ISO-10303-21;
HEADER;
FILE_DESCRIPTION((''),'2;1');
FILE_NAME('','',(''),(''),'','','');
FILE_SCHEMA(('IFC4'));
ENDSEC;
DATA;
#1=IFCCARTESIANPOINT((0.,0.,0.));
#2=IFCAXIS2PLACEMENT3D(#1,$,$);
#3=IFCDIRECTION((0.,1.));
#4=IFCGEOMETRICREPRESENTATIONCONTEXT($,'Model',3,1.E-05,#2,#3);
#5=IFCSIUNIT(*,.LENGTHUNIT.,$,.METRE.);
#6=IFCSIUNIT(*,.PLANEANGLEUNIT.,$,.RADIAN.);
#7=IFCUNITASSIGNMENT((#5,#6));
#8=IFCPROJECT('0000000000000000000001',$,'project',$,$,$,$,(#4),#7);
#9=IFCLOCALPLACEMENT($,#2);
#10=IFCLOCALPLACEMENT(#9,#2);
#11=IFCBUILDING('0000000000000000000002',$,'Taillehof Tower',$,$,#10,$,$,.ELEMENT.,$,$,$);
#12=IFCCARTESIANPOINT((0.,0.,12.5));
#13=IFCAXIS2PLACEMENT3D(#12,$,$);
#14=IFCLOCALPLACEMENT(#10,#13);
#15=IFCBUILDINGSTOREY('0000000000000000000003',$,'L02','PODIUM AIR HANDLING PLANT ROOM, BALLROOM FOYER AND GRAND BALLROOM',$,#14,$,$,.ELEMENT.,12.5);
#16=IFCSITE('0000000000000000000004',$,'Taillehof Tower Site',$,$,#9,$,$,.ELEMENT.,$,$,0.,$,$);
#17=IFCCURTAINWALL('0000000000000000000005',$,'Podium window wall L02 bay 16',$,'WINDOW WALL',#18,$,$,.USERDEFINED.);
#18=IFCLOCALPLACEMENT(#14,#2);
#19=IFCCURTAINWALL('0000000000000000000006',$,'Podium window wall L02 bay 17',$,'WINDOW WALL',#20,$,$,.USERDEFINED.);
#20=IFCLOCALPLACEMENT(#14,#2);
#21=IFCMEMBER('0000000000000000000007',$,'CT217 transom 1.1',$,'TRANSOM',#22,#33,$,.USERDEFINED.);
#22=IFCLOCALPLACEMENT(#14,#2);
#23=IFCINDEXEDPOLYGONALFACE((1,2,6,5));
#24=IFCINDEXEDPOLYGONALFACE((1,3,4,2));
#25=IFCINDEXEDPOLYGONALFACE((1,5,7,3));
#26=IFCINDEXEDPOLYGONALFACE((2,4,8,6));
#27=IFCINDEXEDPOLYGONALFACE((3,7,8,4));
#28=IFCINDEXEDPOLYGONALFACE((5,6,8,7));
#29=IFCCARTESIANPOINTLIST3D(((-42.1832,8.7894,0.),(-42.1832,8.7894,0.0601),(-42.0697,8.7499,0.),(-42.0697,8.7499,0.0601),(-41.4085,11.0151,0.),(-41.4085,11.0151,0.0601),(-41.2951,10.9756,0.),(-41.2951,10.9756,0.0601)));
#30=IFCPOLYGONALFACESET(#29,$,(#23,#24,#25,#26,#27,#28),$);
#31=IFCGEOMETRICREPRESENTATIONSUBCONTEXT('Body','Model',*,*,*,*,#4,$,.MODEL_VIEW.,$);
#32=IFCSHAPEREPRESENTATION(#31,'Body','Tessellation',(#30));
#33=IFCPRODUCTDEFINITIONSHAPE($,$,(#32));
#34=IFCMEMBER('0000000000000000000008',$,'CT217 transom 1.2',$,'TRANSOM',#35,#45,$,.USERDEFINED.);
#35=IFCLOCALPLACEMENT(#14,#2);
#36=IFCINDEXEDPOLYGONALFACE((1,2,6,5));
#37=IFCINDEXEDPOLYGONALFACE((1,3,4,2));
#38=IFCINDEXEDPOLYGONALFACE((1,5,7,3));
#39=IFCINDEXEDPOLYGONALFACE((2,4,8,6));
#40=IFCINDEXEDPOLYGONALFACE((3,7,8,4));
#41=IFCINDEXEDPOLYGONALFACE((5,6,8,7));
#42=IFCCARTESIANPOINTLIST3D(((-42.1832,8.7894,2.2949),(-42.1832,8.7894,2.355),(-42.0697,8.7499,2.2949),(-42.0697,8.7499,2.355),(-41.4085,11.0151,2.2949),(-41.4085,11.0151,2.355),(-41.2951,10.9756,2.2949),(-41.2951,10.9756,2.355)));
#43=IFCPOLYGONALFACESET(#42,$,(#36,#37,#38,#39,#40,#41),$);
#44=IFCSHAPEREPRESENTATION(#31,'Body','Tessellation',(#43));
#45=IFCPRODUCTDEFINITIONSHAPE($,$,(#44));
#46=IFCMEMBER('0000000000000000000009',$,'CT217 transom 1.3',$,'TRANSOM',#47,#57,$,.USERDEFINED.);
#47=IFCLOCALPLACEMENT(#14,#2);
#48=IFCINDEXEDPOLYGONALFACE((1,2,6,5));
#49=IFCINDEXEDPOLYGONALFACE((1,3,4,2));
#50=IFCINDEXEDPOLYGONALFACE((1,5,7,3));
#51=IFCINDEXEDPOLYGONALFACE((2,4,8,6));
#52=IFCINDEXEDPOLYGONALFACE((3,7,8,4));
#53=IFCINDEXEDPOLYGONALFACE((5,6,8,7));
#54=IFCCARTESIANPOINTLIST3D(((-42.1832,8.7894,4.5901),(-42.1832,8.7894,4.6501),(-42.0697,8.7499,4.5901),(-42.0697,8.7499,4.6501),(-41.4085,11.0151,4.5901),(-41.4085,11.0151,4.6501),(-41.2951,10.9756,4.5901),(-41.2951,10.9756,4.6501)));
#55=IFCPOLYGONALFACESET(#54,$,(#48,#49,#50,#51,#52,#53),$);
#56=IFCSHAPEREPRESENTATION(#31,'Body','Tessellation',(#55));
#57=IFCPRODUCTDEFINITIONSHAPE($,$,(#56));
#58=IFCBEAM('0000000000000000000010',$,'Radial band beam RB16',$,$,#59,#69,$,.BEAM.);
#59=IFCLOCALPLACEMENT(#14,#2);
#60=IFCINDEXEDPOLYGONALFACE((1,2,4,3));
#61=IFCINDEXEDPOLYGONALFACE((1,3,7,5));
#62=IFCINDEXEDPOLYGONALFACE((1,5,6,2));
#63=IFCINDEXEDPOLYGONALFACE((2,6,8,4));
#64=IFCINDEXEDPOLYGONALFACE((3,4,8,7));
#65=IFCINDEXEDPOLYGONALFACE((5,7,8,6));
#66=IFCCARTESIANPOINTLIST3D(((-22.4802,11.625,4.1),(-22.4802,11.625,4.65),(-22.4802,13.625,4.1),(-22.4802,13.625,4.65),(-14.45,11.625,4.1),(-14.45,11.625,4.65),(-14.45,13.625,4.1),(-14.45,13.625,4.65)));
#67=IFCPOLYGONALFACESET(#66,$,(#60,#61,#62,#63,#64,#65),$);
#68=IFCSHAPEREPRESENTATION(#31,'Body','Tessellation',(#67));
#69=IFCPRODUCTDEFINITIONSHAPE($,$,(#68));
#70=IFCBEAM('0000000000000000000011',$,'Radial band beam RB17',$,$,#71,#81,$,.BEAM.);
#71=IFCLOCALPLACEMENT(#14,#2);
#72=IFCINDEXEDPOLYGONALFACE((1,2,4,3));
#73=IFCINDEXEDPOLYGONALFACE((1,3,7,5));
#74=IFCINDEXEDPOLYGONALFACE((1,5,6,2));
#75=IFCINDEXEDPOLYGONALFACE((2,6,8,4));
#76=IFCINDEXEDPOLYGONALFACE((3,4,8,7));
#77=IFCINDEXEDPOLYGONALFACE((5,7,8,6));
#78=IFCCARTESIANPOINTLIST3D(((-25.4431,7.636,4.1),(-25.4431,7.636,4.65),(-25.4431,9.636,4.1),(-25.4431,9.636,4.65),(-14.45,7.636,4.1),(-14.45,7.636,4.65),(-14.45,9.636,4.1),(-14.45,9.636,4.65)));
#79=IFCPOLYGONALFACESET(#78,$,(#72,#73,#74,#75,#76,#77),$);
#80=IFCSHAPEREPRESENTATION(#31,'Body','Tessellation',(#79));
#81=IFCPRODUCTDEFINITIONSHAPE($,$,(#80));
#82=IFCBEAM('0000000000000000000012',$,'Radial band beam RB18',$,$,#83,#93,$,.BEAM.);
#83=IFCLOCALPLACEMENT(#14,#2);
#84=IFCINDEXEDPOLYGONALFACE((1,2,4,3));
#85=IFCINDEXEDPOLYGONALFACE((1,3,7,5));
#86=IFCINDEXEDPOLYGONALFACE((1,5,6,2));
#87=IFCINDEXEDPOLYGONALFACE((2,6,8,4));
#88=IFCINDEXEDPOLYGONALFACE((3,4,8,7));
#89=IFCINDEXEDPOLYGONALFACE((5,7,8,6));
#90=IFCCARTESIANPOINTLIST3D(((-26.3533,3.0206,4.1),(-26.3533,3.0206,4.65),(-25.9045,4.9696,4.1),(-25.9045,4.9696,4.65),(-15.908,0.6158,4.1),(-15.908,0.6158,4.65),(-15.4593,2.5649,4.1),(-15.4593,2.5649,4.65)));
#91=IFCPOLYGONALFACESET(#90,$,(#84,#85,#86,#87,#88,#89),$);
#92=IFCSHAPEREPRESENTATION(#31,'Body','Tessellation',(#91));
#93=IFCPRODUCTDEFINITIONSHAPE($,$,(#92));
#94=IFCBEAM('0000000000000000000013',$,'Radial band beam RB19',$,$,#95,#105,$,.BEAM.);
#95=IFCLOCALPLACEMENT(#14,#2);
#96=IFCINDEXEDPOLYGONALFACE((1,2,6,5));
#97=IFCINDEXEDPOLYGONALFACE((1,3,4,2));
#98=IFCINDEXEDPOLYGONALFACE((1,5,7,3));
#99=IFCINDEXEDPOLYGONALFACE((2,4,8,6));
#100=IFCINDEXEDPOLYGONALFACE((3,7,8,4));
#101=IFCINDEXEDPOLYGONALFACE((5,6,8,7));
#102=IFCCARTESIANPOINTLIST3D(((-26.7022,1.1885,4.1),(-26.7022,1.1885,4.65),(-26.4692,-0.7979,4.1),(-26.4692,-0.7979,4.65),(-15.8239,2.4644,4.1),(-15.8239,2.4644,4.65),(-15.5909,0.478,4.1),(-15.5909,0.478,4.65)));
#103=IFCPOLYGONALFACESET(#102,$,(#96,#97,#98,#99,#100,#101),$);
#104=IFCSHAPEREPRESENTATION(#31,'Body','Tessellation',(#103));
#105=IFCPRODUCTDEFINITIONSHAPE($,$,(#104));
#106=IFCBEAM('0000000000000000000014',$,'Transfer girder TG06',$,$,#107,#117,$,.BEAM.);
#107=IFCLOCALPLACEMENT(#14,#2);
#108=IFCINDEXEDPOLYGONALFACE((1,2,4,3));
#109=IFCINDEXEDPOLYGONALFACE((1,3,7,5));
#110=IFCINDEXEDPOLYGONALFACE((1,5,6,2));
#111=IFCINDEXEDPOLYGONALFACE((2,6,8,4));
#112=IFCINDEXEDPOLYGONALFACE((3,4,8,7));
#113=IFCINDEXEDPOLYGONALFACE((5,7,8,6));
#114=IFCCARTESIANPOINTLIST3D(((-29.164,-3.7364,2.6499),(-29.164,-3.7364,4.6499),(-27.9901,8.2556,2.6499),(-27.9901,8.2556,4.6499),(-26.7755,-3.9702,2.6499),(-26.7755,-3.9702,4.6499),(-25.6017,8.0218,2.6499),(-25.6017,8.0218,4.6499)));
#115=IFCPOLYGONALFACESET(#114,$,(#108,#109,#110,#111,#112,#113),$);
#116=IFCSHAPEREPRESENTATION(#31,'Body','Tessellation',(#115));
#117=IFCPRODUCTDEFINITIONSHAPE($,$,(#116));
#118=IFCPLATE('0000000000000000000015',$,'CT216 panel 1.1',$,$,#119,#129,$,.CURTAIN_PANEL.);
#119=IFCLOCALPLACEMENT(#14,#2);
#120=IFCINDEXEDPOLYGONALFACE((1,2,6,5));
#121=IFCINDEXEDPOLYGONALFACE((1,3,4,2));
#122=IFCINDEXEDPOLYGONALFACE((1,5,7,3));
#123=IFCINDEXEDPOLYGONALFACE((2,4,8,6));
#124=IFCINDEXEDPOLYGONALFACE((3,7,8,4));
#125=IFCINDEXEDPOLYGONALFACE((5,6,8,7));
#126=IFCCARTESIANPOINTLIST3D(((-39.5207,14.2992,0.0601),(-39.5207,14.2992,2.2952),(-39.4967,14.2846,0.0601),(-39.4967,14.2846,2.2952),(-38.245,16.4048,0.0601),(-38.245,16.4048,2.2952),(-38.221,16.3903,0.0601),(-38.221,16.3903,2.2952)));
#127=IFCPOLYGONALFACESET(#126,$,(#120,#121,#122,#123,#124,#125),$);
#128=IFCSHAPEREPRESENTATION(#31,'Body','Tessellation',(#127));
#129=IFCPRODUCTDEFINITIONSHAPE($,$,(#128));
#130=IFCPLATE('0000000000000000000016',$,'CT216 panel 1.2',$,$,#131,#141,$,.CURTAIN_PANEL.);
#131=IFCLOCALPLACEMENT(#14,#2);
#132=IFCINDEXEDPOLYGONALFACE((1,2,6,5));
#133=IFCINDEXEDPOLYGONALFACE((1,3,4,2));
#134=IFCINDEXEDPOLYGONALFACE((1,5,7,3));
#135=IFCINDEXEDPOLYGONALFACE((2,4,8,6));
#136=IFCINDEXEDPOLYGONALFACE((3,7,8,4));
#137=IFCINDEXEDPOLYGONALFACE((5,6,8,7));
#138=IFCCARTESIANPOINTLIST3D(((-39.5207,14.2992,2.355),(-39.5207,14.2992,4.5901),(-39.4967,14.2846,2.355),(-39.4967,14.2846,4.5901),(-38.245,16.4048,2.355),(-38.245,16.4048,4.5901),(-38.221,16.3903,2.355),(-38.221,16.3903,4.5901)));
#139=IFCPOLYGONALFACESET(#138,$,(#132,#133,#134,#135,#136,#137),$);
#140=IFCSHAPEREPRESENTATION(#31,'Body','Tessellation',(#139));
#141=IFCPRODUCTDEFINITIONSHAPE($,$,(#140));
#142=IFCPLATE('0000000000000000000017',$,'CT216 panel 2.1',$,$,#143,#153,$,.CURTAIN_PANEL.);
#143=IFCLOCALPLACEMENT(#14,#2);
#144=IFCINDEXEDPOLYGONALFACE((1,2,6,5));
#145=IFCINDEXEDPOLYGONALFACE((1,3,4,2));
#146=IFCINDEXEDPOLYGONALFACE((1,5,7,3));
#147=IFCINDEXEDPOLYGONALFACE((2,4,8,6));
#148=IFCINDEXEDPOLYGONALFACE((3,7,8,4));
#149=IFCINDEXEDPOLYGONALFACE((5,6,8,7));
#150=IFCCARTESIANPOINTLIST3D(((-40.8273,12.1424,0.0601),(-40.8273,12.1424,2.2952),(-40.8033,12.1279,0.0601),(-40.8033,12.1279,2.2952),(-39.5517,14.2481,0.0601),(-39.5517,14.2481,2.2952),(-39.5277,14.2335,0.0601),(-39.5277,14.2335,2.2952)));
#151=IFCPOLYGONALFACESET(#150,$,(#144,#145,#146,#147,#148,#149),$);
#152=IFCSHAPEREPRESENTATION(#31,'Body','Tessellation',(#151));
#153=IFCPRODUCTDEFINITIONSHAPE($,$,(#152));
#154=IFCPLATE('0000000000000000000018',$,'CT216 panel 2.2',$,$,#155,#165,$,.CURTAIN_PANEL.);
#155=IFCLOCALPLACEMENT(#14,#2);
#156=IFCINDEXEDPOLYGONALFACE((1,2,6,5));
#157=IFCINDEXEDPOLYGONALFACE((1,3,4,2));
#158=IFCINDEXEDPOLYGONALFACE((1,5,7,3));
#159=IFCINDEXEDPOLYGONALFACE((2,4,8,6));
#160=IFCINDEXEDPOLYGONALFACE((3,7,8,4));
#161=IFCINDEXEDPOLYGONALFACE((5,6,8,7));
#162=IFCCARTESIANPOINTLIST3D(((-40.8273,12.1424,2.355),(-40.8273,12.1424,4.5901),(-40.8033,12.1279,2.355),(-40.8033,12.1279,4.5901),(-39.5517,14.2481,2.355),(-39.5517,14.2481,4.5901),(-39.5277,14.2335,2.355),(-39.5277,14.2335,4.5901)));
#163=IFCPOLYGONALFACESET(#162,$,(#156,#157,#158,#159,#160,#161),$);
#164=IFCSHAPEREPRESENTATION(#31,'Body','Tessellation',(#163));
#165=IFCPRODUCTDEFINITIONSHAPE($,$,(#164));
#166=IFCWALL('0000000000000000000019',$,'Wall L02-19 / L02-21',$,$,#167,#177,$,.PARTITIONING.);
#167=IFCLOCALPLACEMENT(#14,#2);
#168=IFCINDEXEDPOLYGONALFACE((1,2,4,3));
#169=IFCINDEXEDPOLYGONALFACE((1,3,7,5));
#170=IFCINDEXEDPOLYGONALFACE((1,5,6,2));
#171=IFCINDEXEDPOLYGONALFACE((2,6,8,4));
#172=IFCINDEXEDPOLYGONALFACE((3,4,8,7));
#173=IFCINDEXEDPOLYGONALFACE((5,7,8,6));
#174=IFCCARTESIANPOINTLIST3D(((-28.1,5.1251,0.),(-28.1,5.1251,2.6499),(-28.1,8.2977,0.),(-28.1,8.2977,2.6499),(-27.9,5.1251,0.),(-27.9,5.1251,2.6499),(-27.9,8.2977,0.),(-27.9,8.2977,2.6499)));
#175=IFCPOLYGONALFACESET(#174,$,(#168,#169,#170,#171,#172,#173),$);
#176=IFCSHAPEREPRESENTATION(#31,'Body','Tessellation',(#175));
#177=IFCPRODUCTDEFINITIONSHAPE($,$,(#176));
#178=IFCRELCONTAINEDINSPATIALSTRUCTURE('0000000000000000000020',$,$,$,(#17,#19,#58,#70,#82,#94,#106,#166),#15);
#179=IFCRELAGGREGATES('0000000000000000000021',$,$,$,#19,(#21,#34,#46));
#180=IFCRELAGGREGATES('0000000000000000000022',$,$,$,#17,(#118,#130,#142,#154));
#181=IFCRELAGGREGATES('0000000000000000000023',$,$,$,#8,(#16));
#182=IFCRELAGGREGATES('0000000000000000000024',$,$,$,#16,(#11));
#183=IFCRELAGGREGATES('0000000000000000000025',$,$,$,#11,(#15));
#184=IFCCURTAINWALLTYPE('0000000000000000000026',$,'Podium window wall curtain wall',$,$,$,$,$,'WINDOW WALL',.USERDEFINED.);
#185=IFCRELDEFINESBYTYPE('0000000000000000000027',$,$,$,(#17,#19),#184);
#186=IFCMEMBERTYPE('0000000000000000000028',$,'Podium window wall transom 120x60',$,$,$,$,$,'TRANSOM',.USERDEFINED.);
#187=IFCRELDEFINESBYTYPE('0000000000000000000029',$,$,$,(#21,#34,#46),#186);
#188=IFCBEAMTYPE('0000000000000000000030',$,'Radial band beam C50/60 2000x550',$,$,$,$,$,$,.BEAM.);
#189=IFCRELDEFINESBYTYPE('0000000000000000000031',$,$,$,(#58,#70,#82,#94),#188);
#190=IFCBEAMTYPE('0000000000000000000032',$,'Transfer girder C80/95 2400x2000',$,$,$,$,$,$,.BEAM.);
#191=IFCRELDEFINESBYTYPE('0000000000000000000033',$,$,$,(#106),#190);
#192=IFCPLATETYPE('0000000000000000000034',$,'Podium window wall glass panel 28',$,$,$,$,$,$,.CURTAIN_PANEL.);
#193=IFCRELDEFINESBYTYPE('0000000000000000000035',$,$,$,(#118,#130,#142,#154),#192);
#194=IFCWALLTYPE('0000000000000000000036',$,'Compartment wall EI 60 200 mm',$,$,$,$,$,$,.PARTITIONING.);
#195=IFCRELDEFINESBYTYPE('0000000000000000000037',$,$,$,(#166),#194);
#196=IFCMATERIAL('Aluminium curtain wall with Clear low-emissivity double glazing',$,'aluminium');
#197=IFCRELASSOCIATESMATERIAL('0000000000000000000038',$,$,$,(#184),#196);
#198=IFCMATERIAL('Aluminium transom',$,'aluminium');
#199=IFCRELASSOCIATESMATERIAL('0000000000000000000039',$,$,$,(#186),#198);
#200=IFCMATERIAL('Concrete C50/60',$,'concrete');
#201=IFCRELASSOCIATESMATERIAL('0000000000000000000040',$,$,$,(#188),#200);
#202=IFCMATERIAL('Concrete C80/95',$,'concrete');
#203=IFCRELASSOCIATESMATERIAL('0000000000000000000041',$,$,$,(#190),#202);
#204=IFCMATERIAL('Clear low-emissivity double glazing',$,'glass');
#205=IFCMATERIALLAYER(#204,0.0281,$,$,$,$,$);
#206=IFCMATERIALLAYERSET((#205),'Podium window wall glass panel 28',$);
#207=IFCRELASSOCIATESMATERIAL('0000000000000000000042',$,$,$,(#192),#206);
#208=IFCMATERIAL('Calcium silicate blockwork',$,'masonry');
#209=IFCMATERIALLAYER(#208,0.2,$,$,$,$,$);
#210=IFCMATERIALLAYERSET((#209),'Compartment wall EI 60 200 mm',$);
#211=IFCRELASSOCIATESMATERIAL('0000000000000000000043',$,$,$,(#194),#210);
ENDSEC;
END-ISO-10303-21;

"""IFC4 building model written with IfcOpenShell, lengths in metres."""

from ifc_helpers import new_model, si_unit, direction, frame, frame_2d, origin, origin_2d, place, context, subcontext, project, spatial, rectangle, extrude, material, layer, layer_set, material_profile, profile_set, type_object, element, aggregate, save


model = new_model("IFC4")

# Units and contexts
model_context = context("Model", 3, precision=1e-05, world=origin(), true_north=direction((0.0, 1.0)))
body_context = subcontext(model_context, "Body", "Model", "MODEL_VIEW")
ifc_project = project(units=[si_unit("LENGTHUNIT", "METRE"), si_unit("PLANEANGLEUNIT", "RADIAN")], contexts=[model_context])

# Site, building, storey
site_placement = place(None, origin())
site = spatial("IfcSite", under=ifc_project, at=site_placement, Name="Taillehof Tower Site", CompositionType="ELEMENT", RefElevation=0.0)
building_placement = place(site_placement, origin())
building = spatial("IfcBuilding", under=site, at=building_placement, Name="Taillehof Tower", CompositionType="ELEMENT")
storey_placement = place(building_placement, frame((0.0, 0.0, 12.5)))
storey = spatial("IfcBuildingStorey", under=building, at=storey_placement, Name="L02", Description="PODIUM AIR HANDLING PLANT ROOM, BALLROOM FOYER AND GRAND BALLROOM", CompositionType="ELEMENT", Elevation=12.5)

# Curtain wall
ifc_material_1 = material(Name="Aluminium curtain wall with Clear low-emissivity double glazing", Category="aluminium")
curtain_wall_type = type_object("IfcCurtainWallType", Name="Podium window wall curtain wall", ElementType="WINDOW WALL", PredefinedType="USERDEFINED", material=ifc_material_1)
curtain_wall_1_placement = place(storey_placement, origin())
curtain_wall_1 = element("IfcCurtainWall", 1, at=curtain_wall_1_placement, inside=storey, type_object=curtain_wall_type, Name="Podium window wall L02 bay 16", ObjectType="WINDOW WALL", PredefinedType="USERDEFINED")

# Curtain wall
curtain_wall_2_placement = place(storey_placement, origin())
curtain_wall_2 = element("IfcCurtainWall", 2, at=curtain_wall_2_placement, inside=storey, type_object=curtain_wall_type, Name="Podium window wall L02 bay 17", ObjectType="WINDOW WALL", PredefinedType="USERDEFINED")

# Members
ifc_material_2 = material(Name="Aluminium transom", Category="aluminium")
ifc_material_profile_1 = material_profile(ifc_material_2, rectangle(XDim=0.1201, YDim=0.0601, at=origin_2d()), Name="AL 120x60")
ifc_profile_set_1 = profile_set([ifc_material_profile_1], Name="Aluminium transom")
member_type_1 = type_object("IfcMemberType", Name="Podium window wall transom 120x60", ElementType="TRANSOM", PredefinedType="USERDEFINED", material=ifc_profile_set_1)
member_1_placement = place(storey_placement, frame((-41.3518, 10.9954, 0.03), z_axis=(-0.328693, -0.944437, 0.0), x_axis=(0.944437, -0.328693, 0.0)))
member_1 = element("IfcMember", 3, at=member_1_placement, type_object=member_type_1, Name="CT217 transom 1.1", ObjectType="TRANSOM", PredefinedType="USERDEFINED", context=body_context, shape_type="SweptSolid", body=[
    extrude(rectangle(XDim=0.1201, YDim=0.0601, at=origin_2d()), origin(), (0.0, 0.0, 1.0), 2.3567),
])
member_2_placement = place(storey_placement, frame((-41.3518, 10.9954, 2.325), z_axis=(-0.328693, -0.944437, 0.0), x_axis=(0.944437, -0.328693, 0.0)))
member_2 = element("IfcMember", 4, at=member_2_placement, type_object=member_type_1, Name="CT217 transom 1.2", ObjectType="TRANSOM", PredefinedType="USERDEFINED", context=body_context, shape_type="SweptSolid", body=[
    extrude(rectangle(XDim=0.1201, YDim=0.0601, at=origin_2d()), origin(), (0.0, 0.0, 1.0), 2.3567),
])
member_3_placement = place(storey_placement, frame((-41.3518, 10.9954, 4.6201), z_axis=(-0.328693, -0.944437, 0.0), x_axis=(0.944437, -0.328693, 0.0)))
member_3 = element("IfcMember", 5, at=member_3_placement, type_object=member_type_1, Name="CT217 transom 1.3", ObjectType="TRANSOM", PredefinedType="USERDEFINED", context=body_context, shape_type="SweptSolid", body=[
    extrude(rectangle(XDim=0.1201, YDim=0.0601, at=origin_2d()), origin(), (0.0, 0.0, 1.0), 2.3567),
])
aggregate(curtain_wall_2, [member_1, member_2, member_3])

# Beams
ifc_material_3 = material(Name="Concrete C50/60", Category="concrete")
ifc_material_profile_2 = material_profile(ifc_material_3, rectangle(XDim=2.0, YDim=0.55, at=origin_2d()), Name="RC 2000x550")
ifc_profile_set_2 = profile_set([ifc_material_profile_2], Name="Concrete C50/60")
beam_type_1 = type_object("IfcBeamType", Name="Radial band beam C50/60 2000x550", PredefinedType="BEAM", material=ifc_profile_set_2)
beam_1_placement = place(storey_placement, frame((-22.4802, 12.625, 4.375), z_axis=(1.0, 0.0, 0.0), x_axis=(0.0, 1.0, 0.0)))
element("IfcBeam", 6, at=beam_1_placement, inside=storey, type_object=beam_type_1, Name="Radial band beam RB16", PredefinedType="BEAM", context=body_context, shape_type="SweptSolid", body=[
    extrude(rectangle(XDim=2.0, YDim=0.55, at=origin_2d()), origin(), (0.0, 0.0, 1.0), 8.0303),
])
beam_2_placement = place(storey_placement, frame((-25.4431, 8.636, 4.375), z_axis=(1.0, 0.0, 0.0), x_axis=(0.0, 1.0, 0.0)))
element("IfcBeam", 7, at=beam_2_placement, inside=storey, type_object=beam_type_1, Name="Radial band beam RB17", PredefinedType="BEAM", context=body_context, shape_type="SweptSolid", body=[
    extrude(rectangle(XDim=2.0, YDim=0.55, at=origin_2d()), origin(), (0.0, 0.0, 1.0), 10.9932),
])
beam_3_placement = place(storey_placement, frame((-26.1289, 3.9951, 4.375), z_axis=(0.974507, -0.224357, 0.0), x_axis=(0.224357, 0.974507, 0.0)))
element("IfcBeam", 8, at=beam_3_placement, inside=storey, type_object=beam_type_1, Name="Radial band beam RB18", PredefinedType="BEAM", context=body_context, shape_type="SweptSolid", body=[
    extrude(rectangle(XDim=2.0, YDim=0.55, at=origin_2d()), origin(), (0.0, 0.0, 1.0), 10.7185),
])
beam_4_placement = place(storey_placement, frame((-26.5857, 0.1953, 4.375), z_axis=(0.993192, 0.116487, 0.0), x_axis=(-0.116487, 0.993192, 0.0)))
element("IfcBeam", 9, at=beam_4_placement, inside=storey, type_object=beam_type_1, Name="Radial band beam RB19", PredefinedType="BEAM", context=body_context, shape_type="SweptSolid", body=[
    extrude(rectangle(XDim=2.0, YDim=0.55, at=origin_2d()), origin(), (0.0, 0.0, 1.0), 10.9529),
])
ifc_material_4 = material(Name="Concrete C80/95", Category="concrete")
ifc_material_profile_3 = material_profile(ifc_material_4, rectangle(XDim=2.3999, YDim=2.0, at=origin_2d()), Name="RC 2400x2000")
ifc_profile_set_3 = profile_set([ifc_material_profile_3], Name="Concrete C80/95")
beam_type_2 = type_object("IfcBeamType", Name="Transfer girder C80/95 2400x2000", PredefinedType="BEAM", material=ifc_profile_set_3)
beam_5_placement = place(storey_placement, frame((-26.7959, 8.1387, 3.6499), z_axis=(-0.097419, -0.995243, 0.0), x_axis=(0.995243, -0.097419, 0.0)))
element("IfcBeam", 10, at=beam_5_placement, inside=storey, type_object=beam_type_2, Name="Transfer girder TG06", PredefinedType="BEAM", context=body_context, shape_type="SweptSolid", body=[
    extrude(rectangle(XDim=2.3999, YDim=2.0, at=origin_2d()), origin(), (0.0, 0.0, 1.0), 12.0493),
])

# Plates
ifc_material_5 = material(Name="Clear low-emissivity double glazing", Category="glass")
ifc_layer_1 = layer(ifc_material_5, 0.0281)
ifc_layer_set_1 = layer_set([ifc_layer_1], Name="Podium window wall glass panel 28")
plate_type = type_object("IfcPlateType", Name="Podium window wall glass panel 28", PredefinedType="CURTAIN_PANEL", material=ifc_layer_set_1)
plate_1_placement = place(storey_placement, frame((-38.8708, 15.3447, 0.0601), z_axis=(0.0, 0.0, 1.0), x_axis=(-0.518151, -0.855289, 0.0)))
plate_1 = element("IfcPlate", 11, at=plate_1_placement, type_object=plate_type, Name="CT216 panel 1.1", PredefinedType="CURTAIN_PANEL", context=body_context, shape_type="SweptSolid", body=[
    extrude(rectangle(XDim=2.4619, YDim=0.0281, at=origin_2d()), origin(), (0.0, 0.0, 1.0), 2.2351),
])
plate_2_placement = place(storey_placement, frame((-38.8708, 15.3447, 2.355), z_axis=(0.0, 0.0, 1.0), x_axis=(-0.518151, -0.855289, 0.0)))
plate_2 = element("IfcPlate", 12, at=plate_2_placement, type_object=plate_type, Name="CT216 panel 1.2", PredefinedType="CURTAIN_PANEL", context=body_context, shape_type="SweptSolid", body=[
    extrude(rectangle(XDim=2.4619, YDim=0.0281, at=origin_2d()), origin(), (0.0, 0.0, 1.0), 2.2351),
])
plate_3_placement = place(storey_placement, frame((-40.1775, 13.188, 0.0601), z_axis=(0.0, 0.0, 1.0), x_axis=(-0.518151, -0.855289, 0.0)))
plate_3 = element("IfcPlate", 13, at=plate_3_placement, type_object=plate_type, Name="CT216 panel 2.1", PredefinedType="CURTAIN_PANEL", context=body_context, shape_type="SweptSolid", body=[
    extrude(rectangle(XDim=2.4619, YDim=0.0281, at=origin_2d()), origin(), (0.0, 0.0, 1.0), 2.2351),
])
plate_4_placement = place(storey_placement, frame((-40.1775, 13.188, 2.355), z_axis=(0.0, 0.0, 1.0), x_axis=(-0.518151, -0.855289, 0.0)))
plate_4 = element("IfcPlate", 14, at=plate_4_placement, type_object=plate_type, Name="CT216 panel 2.2", PredefinedType="CURTAIN_PANEL", context=body_context, shape_type="SweptSolid", body=[
    extrude(rectangle(XDim=2.4619, YDim=0.0281, at=origin_2d()), origin(), (0.0, 0.0, 1.0), 2.2351),
])
aggregate(curtain_wall_1, [plate_1, plate_2, plate_3, plate_4])

# Wall
ifc_material_6 = material(Name="Calcium silicate blockwork", Category="masonry")
ifc_layer_2 = layer(ifc_material_6, 0.2)
ifc_layer_set_2 = layer_set([ifc_layer_2], Name="Compartment wall EI 60 200 mm")
wall_type = type_object("IfcWallType", Name="Compartment wall EI 60 200 mm", PredefinedType="PARTITIONING", material=ifc_layer_set_2)
wall_1_placement = place(storey_placement, frame((-28.0, 5.125, 0.0), z_axis=(0.0, 0.0, 1.0), x_axis=(0.0, 1.0, 0.0)))
element("IfcWall", 15, at=wall_1_placement, inside=storey, type_object=wall_type, Name="Wall L02-19 / L02-21", PredefinedType="PARTITIONING", context=body_context, shape_type="SweptSolid", body=[
    extrude(rectangle(XDim=3.1726, YDim=0.2, at=frame_2d((1.5864, 0.0))), origin(), (0.0, 0.0, 1.0), 2.6499),
])

save(model, "model.ifc")
